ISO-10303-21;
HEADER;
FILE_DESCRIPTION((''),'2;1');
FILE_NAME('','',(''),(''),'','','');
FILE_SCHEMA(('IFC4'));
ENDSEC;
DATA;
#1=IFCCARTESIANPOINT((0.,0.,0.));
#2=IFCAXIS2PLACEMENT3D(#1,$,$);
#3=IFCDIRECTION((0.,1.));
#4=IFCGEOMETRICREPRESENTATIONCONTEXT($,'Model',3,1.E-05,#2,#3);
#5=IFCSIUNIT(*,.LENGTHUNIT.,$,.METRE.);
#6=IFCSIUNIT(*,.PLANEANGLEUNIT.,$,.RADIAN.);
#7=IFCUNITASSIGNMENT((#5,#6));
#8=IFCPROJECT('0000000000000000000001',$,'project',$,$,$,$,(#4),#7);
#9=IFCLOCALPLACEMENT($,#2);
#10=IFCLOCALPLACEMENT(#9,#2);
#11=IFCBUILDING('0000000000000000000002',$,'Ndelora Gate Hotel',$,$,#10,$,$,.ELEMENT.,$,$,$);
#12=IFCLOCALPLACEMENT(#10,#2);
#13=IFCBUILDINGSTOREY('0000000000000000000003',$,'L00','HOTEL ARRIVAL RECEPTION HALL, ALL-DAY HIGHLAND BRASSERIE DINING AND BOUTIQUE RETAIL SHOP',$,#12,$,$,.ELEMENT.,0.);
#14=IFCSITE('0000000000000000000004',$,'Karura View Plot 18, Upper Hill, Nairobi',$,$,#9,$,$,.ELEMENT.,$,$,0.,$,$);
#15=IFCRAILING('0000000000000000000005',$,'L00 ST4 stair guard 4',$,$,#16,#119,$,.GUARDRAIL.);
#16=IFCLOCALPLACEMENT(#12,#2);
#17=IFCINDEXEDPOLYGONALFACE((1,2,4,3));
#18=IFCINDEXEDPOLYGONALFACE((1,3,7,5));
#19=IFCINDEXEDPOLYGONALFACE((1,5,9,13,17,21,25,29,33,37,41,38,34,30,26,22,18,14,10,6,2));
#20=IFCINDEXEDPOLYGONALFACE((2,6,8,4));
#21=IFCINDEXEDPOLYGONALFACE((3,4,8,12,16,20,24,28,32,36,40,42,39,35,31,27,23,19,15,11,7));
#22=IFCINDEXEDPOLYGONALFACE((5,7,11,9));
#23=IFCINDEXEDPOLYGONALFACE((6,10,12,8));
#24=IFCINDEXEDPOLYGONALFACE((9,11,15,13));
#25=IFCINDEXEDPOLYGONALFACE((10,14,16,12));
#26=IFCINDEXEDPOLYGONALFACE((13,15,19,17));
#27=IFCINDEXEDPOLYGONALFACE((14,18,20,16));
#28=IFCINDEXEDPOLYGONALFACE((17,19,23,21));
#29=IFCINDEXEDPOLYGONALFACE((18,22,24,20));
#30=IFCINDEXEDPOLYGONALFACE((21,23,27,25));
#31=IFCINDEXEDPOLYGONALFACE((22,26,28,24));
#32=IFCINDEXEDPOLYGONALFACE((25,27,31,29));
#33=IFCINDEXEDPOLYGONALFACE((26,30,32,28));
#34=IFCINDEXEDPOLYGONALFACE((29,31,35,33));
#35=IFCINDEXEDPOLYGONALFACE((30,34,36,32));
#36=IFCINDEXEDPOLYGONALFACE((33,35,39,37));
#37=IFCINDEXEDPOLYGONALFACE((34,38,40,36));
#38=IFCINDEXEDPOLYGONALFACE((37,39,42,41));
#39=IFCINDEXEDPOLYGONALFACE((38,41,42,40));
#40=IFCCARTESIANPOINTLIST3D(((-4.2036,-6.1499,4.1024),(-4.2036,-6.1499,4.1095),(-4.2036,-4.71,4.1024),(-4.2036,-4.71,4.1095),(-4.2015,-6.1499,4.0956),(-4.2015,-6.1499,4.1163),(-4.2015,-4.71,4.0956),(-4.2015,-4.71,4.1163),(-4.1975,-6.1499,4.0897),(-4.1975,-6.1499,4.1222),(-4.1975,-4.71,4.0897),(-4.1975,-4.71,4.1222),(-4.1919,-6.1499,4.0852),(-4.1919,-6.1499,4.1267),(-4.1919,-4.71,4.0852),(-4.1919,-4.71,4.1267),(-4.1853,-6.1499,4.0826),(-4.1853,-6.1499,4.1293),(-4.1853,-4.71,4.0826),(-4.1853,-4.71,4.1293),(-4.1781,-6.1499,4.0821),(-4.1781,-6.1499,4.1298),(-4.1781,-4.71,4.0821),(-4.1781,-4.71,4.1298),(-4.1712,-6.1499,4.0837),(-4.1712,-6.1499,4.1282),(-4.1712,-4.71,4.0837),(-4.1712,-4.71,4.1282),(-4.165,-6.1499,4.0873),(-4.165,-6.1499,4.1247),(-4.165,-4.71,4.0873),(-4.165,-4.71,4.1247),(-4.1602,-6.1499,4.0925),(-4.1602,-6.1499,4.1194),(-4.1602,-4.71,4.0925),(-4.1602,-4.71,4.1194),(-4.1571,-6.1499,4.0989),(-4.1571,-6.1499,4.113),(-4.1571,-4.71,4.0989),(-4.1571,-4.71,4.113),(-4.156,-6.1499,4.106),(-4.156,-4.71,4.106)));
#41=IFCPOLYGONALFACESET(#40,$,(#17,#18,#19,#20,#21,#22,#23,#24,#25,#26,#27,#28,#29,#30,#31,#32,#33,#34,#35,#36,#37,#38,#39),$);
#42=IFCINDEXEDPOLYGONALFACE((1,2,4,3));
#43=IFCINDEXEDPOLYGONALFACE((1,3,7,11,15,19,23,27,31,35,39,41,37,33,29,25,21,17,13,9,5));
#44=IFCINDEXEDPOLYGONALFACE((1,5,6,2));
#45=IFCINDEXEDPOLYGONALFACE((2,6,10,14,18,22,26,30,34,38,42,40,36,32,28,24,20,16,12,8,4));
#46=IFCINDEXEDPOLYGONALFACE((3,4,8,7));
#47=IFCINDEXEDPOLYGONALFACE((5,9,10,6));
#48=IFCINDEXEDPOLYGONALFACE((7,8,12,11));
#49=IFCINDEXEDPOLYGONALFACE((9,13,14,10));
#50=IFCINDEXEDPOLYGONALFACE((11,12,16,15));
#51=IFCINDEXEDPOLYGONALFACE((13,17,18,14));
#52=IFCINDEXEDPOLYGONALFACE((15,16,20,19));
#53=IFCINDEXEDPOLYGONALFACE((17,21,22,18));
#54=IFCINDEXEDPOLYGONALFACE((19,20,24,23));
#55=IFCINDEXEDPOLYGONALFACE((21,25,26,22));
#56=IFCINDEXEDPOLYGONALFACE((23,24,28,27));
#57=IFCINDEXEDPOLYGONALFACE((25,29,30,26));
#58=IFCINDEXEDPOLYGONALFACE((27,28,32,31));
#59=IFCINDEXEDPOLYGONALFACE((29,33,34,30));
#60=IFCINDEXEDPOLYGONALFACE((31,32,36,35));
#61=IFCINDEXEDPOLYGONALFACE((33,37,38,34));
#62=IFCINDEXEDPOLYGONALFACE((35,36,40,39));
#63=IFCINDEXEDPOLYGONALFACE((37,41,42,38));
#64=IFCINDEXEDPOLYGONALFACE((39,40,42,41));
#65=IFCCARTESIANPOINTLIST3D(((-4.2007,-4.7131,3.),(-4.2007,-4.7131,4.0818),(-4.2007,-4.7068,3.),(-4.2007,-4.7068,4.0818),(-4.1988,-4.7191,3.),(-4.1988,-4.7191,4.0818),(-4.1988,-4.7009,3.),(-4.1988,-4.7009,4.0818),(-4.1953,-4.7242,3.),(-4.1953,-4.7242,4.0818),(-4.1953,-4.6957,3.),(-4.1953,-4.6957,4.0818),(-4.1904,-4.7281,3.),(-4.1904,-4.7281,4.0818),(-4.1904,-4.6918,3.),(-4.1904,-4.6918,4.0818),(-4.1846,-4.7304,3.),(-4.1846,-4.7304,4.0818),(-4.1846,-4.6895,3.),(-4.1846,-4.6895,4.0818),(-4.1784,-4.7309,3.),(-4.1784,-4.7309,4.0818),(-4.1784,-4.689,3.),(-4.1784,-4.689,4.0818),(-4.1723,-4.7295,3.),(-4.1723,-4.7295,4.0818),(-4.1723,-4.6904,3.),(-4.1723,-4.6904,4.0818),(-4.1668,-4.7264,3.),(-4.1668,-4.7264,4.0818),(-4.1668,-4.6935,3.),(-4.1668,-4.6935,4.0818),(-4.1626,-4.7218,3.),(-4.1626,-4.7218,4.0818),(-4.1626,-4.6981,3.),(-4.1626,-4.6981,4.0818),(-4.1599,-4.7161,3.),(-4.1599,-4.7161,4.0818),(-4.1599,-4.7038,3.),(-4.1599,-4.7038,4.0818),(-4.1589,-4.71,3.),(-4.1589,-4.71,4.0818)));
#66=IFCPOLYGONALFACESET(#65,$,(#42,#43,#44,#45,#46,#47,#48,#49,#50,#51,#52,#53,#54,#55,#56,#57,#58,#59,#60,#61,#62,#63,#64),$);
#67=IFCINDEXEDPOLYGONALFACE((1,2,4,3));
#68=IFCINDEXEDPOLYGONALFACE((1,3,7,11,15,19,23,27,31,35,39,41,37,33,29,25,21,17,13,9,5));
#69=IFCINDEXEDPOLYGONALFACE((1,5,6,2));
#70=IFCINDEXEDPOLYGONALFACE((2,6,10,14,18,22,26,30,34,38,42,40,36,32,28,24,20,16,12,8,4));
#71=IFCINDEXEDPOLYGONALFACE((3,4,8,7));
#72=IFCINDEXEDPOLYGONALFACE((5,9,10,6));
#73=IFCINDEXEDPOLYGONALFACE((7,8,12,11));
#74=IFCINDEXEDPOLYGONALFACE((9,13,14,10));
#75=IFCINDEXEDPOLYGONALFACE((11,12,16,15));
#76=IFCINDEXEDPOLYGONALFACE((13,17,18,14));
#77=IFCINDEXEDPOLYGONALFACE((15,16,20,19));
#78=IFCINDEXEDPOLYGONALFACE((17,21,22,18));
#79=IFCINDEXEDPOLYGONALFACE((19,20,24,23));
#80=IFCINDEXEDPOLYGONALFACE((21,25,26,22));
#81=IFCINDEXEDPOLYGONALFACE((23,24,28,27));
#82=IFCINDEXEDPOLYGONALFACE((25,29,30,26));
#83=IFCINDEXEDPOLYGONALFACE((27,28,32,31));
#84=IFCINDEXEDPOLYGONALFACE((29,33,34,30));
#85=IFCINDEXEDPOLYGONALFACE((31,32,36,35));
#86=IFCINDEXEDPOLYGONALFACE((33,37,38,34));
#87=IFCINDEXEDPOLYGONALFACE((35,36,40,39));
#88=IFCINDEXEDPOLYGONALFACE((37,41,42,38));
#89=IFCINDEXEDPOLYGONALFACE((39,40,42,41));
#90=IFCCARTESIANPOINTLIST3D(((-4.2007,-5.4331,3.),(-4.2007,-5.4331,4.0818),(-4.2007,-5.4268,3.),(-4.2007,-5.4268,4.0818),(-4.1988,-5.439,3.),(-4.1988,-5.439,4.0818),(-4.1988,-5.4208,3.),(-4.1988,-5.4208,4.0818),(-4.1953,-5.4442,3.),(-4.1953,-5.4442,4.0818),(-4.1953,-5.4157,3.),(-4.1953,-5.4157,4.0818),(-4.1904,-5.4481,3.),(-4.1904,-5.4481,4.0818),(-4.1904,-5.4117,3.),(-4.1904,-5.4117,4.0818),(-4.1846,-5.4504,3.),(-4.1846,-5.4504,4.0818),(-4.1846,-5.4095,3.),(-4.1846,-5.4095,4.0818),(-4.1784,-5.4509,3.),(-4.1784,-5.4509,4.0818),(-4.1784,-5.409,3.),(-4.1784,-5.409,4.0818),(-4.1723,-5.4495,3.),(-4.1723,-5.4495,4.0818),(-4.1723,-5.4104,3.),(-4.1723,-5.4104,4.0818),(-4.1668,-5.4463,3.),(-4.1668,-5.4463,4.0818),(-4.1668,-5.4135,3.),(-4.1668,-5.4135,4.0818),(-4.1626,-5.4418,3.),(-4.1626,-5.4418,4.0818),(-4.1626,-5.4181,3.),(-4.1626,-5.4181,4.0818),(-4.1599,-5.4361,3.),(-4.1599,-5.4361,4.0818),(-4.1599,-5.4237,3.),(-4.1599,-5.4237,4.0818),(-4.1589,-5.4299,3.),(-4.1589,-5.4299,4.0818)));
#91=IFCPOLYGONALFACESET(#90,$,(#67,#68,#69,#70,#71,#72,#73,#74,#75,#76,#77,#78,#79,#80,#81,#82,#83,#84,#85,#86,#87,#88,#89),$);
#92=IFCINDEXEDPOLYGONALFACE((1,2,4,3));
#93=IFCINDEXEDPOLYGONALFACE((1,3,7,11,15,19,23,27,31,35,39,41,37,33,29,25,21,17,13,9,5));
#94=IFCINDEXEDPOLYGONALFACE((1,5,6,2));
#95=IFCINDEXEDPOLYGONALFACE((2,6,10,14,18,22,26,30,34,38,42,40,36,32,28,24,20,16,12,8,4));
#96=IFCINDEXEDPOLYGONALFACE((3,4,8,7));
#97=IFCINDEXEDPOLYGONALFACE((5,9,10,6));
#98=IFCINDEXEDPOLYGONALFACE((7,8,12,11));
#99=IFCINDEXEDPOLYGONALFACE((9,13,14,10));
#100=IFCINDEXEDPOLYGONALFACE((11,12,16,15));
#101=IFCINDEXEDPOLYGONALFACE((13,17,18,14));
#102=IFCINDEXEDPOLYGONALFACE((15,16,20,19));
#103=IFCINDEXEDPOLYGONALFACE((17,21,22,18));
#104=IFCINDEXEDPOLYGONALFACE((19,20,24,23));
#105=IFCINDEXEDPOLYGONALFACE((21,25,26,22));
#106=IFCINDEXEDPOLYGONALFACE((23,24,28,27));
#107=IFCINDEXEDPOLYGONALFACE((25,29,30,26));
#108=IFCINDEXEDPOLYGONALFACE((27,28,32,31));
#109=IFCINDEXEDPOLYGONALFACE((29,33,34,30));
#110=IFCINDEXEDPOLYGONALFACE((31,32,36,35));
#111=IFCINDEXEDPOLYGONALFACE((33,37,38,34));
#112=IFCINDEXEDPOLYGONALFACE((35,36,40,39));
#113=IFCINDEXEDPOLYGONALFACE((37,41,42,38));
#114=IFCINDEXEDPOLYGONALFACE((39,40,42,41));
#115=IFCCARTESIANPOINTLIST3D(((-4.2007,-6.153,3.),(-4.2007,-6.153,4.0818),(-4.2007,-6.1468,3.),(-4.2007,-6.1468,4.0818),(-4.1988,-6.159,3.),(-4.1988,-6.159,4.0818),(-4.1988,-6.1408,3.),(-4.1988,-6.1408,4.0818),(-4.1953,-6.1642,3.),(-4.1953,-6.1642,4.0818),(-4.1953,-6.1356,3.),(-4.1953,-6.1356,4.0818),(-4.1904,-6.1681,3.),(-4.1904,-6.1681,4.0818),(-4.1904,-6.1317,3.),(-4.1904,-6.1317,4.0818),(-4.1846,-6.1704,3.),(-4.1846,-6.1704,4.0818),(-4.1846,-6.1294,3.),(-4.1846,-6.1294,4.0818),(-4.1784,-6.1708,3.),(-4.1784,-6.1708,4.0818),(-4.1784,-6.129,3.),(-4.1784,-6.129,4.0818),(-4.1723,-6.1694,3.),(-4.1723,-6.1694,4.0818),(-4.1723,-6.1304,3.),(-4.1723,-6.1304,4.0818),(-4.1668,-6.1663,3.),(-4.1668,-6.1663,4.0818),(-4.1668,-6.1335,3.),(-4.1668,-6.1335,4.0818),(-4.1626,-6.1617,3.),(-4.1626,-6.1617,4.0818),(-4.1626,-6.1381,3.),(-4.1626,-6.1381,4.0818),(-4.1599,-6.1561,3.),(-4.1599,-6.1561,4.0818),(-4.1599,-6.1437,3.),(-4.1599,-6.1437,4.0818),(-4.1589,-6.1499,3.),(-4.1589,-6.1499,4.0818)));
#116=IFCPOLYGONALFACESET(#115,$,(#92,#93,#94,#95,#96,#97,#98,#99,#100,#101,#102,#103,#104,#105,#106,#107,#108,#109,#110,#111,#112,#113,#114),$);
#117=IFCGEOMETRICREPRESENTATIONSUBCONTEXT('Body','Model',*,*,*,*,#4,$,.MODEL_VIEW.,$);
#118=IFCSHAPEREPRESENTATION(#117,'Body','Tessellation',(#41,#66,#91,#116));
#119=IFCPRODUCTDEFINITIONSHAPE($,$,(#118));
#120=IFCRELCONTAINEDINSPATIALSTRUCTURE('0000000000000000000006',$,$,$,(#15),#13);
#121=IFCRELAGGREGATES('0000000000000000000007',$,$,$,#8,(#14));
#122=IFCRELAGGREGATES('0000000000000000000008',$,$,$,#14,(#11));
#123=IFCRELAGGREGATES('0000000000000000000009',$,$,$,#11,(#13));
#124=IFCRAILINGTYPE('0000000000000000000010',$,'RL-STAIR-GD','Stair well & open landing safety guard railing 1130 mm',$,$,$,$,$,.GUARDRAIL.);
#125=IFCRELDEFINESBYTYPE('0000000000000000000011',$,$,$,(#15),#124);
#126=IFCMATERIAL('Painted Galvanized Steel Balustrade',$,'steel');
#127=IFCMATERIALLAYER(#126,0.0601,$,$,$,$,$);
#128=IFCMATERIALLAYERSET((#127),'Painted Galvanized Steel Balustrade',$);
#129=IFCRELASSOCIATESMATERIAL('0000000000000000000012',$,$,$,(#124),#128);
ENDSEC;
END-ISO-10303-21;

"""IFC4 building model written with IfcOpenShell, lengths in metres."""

from ifc_helpers import new_model, si_unit, direction, frame, origin, origin_2d, place, context, subcontext, project, spatial, circle, extrude, material, layer, layer_set, type_object, element, save


model = new_model("IFC4")

# Units and contexts
model_context = context("Model", 3, precision=1e-05, world=origin(), true_north=direction((0.0, 1.0)))
body_context = subcontext(model_context, "Body", "Model", "MODEL_VIEW")
ifc_project = project(units=[si_unit("LENGTHUNIT", "METRE"), si_unit("PLANEANGLEUNIT", "RADIAN")], contexts=[model_context])

# Site, building, storey
site_placement = place(None, origin())
site = spatial("IfcSite", under=ifc_project, at=site_placement, Name="Karura View Plot 18, Upper Hill, Nairobi", CompositionType="ELEMENT", RefElevation=0.0)
building_placement = place(site_placement, origin())
building = spatial("IfcBuilding", under=site, at=building_placement, Name="Ndelora Gate Hotel", CompositionType="ELEMENT")
storey_placement = place(building_placement, origin())
storey = spatial("IfcBuildingStorey", under=building, at=storey_placement, Name="L00", Description="HOTEL ARRIVAL RECEPTION HALL, ALL-DAY HIGHLAND BRASSERIE DINING AND BOUTIQUE RETAIL SHOP", CompositionType="ELEMENT", Elevation=0.0)

# Railing
ifc_material_1 = material(Name="Painted Galvanized Steel Balustrade", Category="steel")
ifc_layer_1 = layer(ifc_material_1, 0.0601)
ifc_layer_set_1 = layer_set([ifc_layer_1], Name="Painted Galvanized Steel Balustrade")
railing_type_1 = type_object("IfcRailingType", Name="RL-STAIR-GD", Description="Stair well & open landing safety guard railing 1130 mm", PredefinedType="GUARDRAIL", material=ifc_layer_set_1)
for number, where, name in (
    (1, (-4.1799, -4.71, 3.0), "L00 ST4 stair guard 4"),
):
    element("IfcRailing", number, at=place(storey_placement, frame(where)), inside=storey, type_object=railing_type_1, Name=name, PredefinedType="GUARDRAIL", context=body_context, shape_type="SweptSolid", body=[
        extrude(circle(Radius=0.0239, at=origin_2d()), frame((0.0, 0.0, 1.106), z_axis=(0.0, -1.0, 0.0), x_axis=(1.0, 0.0, 0.0)), (0.0, 0.0, 1.0), 1.4399),
        extrude(circle(Radius=0.021, at=origin_2d()), origin(), (0.0, 0.0, 1.0), 1.0818),
        extrude(circle(Radius=0.021, at=origin_2d()), frame((0.0, -0.72, 0.0)), (0.0, 0.0, 1.0), 1.0818),
        extrude(circle(Radius=0.021, at=origin_2d()), frame((0.0, -1.4399, 0.0)), (0.0, 0.0, 1.0), 1.0818),
    ])

save(model, "model.ifc")
